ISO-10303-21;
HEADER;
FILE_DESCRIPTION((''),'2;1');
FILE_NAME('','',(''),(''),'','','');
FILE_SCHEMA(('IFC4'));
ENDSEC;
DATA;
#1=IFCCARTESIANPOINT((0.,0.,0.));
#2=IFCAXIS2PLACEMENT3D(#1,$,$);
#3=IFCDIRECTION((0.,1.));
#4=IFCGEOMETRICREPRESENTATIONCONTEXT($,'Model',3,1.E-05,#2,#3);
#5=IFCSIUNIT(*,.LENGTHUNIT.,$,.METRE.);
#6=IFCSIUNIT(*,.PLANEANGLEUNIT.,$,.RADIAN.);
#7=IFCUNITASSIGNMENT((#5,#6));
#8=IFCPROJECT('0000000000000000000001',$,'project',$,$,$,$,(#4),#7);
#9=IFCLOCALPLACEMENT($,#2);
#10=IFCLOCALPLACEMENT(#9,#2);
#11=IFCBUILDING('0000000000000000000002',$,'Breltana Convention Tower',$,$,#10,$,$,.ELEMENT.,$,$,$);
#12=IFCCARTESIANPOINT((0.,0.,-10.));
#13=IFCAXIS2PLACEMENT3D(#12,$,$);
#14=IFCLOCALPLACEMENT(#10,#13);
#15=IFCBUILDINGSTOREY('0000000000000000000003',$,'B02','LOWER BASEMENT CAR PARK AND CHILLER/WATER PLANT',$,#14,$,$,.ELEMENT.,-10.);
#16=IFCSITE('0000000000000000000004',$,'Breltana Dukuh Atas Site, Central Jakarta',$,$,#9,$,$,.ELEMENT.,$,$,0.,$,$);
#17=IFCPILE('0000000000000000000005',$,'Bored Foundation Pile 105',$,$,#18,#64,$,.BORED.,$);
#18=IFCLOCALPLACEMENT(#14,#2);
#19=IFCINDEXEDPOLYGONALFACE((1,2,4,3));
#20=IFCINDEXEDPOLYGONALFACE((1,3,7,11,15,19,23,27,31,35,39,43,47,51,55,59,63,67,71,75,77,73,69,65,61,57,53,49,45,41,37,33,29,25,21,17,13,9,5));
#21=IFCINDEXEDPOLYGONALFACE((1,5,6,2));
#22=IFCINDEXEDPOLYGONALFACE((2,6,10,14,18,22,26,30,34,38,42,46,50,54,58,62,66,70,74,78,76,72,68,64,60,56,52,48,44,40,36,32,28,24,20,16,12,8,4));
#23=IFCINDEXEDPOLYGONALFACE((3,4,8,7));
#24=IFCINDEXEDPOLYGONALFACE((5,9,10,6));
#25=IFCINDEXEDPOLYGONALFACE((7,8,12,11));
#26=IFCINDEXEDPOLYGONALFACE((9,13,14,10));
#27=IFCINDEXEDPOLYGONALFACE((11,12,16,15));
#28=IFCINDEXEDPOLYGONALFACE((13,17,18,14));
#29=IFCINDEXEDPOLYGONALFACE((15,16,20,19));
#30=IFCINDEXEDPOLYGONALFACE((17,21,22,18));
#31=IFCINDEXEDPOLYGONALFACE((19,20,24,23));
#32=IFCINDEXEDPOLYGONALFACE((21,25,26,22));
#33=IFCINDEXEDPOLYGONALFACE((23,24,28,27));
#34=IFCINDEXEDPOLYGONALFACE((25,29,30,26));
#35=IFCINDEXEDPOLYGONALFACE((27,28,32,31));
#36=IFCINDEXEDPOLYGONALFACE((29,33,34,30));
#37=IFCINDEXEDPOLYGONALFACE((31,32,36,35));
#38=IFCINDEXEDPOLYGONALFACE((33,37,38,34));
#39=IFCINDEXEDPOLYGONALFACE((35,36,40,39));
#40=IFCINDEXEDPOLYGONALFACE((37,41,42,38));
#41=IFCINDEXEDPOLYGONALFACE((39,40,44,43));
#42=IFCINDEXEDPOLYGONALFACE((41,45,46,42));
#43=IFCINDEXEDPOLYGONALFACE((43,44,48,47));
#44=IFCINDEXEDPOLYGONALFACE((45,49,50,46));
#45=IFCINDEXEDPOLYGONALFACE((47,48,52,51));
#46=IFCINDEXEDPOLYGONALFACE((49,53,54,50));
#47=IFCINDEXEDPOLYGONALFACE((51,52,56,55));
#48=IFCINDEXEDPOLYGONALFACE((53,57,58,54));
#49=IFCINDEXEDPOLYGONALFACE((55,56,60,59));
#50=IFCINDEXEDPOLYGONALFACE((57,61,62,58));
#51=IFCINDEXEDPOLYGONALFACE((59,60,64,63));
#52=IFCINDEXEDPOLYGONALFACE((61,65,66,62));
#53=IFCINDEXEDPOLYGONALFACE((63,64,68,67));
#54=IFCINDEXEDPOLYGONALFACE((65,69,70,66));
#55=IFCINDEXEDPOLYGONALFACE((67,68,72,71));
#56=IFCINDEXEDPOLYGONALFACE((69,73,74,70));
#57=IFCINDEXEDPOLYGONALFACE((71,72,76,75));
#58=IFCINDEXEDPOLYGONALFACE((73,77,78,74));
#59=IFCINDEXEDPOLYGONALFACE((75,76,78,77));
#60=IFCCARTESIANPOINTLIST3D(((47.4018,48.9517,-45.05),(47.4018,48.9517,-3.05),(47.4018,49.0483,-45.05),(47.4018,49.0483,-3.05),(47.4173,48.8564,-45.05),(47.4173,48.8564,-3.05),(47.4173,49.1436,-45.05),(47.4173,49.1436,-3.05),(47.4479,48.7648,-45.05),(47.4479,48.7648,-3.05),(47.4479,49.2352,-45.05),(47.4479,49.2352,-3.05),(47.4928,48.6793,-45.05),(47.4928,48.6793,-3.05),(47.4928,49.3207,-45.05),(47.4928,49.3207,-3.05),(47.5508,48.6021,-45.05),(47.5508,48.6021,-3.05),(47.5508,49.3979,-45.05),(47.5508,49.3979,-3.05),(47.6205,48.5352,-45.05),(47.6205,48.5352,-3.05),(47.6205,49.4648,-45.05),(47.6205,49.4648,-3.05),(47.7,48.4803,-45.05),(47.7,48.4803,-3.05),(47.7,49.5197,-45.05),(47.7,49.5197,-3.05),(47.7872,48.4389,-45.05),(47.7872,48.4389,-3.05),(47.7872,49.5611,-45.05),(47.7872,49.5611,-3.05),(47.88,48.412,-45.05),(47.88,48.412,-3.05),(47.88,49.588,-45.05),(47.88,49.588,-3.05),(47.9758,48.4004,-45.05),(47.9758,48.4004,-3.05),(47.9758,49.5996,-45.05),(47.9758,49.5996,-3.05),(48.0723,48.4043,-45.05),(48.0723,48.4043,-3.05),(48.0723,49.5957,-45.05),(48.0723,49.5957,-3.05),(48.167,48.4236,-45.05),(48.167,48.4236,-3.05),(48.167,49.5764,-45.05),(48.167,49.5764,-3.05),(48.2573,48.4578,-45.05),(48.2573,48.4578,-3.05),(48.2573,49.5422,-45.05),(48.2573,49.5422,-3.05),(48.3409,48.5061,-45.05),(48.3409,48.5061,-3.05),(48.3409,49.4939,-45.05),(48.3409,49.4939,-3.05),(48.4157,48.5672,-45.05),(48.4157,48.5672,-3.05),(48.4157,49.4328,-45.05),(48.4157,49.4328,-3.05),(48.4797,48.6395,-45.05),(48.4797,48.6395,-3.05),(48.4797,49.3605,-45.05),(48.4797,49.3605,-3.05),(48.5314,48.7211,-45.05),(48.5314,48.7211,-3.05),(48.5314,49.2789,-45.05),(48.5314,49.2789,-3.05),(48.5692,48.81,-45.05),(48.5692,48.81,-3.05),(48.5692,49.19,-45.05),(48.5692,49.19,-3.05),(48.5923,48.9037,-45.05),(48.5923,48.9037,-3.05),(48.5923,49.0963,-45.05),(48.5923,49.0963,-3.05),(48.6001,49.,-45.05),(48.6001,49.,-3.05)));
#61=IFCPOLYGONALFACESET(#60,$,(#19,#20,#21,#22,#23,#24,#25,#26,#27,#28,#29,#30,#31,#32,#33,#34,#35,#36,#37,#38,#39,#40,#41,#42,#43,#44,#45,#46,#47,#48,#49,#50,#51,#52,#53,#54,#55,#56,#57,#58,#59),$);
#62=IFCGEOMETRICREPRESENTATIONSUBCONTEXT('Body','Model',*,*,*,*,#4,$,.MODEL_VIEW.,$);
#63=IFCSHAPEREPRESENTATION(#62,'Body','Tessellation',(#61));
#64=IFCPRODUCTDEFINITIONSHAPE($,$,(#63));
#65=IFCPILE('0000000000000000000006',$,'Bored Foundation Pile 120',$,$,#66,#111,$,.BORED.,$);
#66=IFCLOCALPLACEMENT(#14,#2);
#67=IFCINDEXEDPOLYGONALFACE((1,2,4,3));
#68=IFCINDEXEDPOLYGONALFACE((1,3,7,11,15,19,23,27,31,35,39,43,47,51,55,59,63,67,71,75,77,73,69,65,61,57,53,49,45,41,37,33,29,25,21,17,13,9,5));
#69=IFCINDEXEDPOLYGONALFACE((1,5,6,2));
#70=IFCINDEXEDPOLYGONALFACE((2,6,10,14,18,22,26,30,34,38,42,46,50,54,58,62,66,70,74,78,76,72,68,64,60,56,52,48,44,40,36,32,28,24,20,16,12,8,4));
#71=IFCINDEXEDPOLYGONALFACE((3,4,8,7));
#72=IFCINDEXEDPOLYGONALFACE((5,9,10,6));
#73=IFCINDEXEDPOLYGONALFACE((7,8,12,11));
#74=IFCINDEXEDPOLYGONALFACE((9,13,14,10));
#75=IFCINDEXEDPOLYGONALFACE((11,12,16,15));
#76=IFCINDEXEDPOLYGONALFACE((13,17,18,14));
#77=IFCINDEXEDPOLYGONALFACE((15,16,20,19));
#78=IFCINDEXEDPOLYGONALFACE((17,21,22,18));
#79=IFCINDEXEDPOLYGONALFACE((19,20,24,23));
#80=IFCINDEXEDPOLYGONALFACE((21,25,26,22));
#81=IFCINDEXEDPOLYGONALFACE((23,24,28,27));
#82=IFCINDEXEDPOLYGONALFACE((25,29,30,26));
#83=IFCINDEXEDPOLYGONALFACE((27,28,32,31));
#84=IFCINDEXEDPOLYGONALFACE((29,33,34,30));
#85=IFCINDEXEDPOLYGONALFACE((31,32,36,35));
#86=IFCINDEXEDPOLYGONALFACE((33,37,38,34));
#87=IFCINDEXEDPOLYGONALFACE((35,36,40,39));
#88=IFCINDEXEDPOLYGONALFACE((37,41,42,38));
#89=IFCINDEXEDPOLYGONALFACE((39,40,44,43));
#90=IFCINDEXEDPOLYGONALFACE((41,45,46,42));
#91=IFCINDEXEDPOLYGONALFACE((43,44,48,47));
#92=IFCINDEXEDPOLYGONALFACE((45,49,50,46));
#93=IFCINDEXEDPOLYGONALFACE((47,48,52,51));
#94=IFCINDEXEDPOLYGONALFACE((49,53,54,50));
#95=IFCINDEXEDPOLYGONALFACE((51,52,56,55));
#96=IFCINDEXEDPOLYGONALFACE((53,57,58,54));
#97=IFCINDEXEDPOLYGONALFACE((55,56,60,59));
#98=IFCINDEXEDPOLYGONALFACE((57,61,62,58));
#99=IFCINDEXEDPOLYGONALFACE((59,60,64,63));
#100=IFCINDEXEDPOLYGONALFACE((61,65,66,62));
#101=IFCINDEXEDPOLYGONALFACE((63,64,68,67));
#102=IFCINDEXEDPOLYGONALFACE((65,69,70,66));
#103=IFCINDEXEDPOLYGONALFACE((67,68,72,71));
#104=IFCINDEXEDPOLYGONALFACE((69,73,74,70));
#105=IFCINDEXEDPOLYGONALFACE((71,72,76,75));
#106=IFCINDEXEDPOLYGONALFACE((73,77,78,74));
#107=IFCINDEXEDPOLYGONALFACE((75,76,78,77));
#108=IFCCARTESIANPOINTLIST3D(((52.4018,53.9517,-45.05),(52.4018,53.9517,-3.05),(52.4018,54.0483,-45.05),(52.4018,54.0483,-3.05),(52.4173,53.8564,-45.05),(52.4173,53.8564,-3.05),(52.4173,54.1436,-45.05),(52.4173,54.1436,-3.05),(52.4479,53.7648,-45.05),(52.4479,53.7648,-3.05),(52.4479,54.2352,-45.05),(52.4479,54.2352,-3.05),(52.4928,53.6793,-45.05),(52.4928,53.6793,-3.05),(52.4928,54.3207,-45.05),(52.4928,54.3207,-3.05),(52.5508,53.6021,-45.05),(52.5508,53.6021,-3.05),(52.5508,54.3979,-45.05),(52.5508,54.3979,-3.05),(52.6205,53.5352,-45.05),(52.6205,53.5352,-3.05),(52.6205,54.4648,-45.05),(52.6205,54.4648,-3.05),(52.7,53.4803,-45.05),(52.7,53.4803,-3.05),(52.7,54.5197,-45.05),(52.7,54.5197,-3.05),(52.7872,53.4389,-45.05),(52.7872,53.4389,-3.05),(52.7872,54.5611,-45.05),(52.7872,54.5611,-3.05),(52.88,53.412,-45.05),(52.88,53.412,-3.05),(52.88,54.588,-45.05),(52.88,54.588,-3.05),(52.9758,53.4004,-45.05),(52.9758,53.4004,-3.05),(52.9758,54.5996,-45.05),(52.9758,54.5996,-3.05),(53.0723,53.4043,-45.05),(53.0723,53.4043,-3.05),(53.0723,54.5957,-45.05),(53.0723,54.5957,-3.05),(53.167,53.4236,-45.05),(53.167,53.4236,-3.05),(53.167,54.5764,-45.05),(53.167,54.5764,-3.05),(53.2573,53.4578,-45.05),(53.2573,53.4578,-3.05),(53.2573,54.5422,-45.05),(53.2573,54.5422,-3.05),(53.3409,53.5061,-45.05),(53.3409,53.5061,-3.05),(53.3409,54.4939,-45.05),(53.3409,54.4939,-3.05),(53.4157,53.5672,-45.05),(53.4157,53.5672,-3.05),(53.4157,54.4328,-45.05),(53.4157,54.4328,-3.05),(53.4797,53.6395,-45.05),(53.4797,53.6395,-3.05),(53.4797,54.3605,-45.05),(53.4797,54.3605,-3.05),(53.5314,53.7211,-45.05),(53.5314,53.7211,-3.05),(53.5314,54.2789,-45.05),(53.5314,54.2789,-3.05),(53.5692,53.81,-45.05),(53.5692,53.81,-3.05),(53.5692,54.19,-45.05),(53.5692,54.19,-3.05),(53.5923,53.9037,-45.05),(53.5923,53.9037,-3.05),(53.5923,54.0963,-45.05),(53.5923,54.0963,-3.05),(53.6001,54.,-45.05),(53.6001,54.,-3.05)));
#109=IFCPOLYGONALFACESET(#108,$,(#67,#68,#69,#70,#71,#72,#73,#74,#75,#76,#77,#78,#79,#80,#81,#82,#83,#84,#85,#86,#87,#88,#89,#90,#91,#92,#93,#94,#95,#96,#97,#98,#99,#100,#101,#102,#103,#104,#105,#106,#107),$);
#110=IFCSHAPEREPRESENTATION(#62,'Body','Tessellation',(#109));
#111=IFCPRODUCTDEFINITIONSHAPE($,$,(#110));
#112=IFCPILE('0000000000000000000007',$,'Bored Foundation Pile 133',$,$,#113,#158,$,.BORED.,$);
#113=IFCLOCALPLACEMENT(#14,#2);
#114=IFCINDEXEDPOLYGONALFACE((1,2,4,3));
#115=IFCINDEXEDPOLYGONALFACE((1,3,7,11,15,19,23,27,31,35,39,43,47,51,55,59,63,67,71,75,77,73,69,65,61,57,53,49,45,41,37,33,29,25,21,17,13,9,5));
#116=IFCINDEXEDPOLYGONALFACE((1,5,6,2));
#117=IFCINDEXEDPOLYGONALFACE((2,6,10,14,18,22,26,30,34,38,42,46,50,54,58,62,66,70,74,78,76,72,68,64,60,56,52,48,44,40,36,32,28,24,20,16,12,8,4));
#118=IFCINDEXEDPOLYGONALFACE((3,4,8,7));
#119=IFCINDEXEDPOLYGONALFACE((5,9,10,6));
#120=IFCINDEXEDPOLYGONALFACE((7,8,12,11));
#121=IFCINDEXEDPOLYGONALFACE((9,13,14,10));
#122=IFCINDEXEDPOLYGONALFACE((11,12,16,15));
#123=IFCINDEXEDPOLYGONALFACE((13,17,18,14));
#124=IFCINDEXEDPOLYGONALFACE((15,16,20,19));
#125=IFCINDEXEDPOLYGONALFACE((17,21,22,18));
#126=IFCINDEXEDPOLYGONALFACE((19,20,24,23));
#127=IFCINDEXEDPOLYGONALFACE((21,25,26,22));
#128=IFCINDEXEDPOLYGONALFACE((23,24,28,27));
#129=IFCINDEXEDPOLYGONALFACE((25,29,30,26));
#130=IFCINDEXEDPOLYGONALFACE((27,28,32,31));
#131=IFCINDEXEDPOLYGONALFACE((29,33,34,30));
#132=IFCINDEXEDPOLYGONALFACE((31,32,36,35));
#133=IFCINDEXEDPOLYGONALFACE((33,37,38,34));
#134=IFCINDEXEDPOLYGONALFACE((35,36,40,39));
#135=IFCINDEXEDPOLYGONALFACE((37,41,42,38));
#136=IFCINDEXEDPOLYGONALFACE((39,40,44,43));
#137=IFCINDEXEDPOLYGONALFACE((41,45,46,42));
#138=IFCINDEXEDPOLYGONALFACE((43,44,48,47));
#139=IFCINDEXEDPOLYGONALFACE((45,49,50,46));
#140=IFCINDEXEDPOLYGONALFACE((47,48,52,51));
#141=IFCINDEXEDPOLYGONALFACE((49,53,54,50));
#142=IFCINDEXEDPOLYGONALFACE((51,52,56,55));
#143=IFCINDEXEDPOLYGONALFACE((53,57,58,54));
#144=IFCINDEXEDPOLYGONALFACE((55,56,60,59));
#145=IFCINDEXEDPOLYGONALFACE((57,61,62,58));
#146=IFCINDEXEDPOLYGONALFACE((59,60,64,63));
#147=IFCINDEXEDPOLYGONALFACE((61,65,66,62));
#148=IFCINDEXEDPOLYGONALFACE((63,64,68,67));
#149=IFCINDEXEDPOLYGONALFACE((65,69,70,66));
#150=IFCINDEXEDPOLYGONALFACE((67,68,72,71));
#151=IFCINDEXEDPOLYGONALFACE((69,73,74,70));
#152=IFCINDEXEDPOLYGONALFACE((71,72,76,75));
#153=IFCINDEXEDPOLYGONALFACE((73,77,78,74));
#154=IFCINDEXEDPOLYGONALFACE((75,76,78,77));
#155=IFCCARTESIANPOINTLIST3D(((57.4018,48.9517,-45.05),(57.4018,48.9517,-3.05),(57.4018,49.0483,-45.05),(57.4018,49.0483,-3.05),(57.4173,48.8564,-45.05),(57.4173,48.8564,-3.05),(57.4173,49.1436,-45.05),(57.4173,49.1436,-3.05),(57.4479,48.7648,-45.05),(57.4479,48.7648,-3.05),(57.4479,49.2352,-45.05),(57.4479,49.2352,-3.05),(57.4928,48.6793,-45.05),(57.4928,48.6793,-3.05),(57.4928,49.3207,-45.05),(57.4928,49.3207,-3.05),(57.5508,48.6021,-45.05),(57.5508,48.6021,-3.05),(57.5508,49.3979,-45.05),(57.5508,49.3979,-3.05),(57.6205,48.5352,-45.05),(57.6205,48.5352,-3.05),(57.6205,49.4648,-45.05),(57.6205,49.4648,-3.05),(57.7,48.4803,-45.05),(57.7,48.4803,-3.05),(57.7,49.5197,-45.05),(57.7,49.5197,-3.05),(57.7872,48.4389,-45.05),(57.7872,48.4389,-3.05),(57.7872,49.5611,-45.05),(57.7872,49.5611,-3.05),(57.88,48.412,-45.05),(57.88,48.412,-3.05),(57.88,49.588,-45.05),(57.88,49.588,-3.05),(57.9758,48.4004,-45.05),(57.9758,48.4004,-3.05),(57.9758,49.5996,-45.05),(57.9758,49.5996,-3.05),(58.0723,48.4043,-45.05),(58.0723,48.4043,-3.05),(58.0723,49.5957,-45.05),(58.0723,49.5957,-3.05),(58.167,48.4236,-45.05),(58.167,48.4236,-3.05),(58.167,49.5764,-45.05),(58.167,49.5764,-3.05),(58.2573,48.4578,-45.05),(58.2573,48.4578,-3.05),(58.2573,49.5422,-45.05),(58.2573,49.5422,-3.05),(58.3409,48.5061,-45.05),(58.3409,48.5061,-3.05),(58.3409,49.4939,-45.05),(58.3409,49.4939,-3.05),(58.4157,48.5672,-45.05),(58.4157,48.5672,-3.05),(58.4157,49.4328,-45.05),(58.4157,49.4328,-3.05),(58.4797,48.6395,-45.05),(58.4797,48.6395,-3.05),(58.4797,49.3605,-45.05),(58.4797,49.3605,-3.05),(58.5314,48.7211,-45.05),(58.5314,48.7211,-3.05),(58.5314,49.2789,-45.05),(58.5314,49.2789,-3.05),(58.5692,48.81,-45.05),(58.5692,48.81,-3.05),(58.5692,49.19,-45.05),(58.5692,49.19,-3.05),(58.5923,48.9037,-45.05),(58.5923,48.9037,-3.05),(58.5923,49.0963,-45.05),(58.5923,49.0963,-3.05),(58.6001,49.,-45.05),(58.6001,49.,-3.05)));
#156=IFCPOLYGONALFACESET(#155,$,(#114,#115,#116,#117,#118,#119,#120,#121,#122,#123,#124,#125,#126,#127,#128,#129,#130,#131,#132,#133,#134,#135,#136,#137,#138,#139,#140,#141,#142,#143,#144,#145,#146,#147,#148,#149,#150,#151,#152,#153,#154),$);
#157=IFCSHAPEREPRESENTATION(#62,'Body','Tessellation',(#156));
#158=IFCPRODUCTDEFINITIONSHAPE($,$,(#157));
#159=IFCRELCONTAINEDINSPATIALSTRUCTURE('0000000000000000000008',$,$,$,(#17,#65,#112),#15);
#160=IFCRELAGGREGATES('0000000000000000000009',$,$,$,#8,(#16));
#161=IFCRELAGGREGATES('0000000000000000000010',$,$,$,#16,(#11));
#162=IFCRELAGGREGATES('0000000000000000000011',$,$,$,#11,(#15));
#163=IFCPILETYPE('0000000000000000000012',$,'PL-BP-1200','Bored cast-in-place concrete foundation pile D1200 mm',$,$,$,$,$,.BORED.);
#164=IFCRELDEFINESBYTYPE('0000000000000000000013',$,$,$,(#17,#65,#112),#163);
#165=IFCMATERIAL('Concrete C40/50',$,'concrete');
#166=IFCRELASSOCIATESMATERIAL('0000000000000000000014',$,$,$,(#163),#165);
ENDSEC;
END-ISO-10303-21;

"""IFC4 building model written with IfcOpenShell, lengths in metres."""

from ifc_helpers import new_model, si_unit, direction, frame, origin, origin_2d, place, context, subcontext, project, spatial, circle, extrude, source, transform, mapped, material, material_profile, profile_set, type_object, type_shapes, element, save


model = new_model("IFC4")

# Units and contexts
model_context = context("Model", 3, precision=1e-05, world=origin(), true_north=direction((0.0, 1.0)))
body_context = subcontext(model_context, "Body", "Model", "MODEL_VIEW")
ifc_project = project(units=[si_unit("LENGTHUNIT", "METRE"), si_unit("PLANEANGLEUNIT", "RADIAN")], contexts=[model_context])

# Site, building, storey
site_placement = place(None, origin())
site = spatial("IfcSite", under=ifc_project, at=site_placement, Name="Breltana Dukuh Atas Site, Central Jakarta", CompositionType="ELEMENT", RefElevation=0.0)
building_placement = place(site_placement, origin())
building = spatial("IfcBuilding", under=site, at=building_placement, Name="Breltana Convention Tower", CompositionType="ELEMENT")
storey_placement = place(building_placement, frame((0.0, 0.0, -10.0)))
storey = spatial("IfcBuildingStorey", under=building, at=storey_placement, Name="B02", Description="LOWER BASEMENT CAR PARK AND CHILLER/WATER PLANT", CompositionType="ELEMENT", Elevation=-10.0)

# Piles
ifc_material_1 = material(Name="Concrete C40/50", Category="concrete")
ifc_material_profile_1 = material_profile(ifc_material_1, circle(Radius=0.6001, at=origin_2d()), Name="BP-D1200")
ifc_profile_set_1 = profile_set([ifc_material_profile_1], Name="Concrete C40/50")
pile_type_1 = type_object("IfcPileType", Name="PL-BP-1200", Description="Bored cast-in-place concrete foundation pile D1200 mm", PredefinedType="BORED", material=ifc_profile_set_1)
shared_shape_1 = source(origin(), body_context, "Body", "SweptSolid", [
    extrude(circle(Radius=0.6001, at=origin_2d()), origin(), (0.0, 0.0, 1.0), 42.0),
])
type_shapes(pile_type_1, [shared_shape_1])
for number, where, z_axis, x_axis, name in (
    (1, (48.0, 49.0, -3.05), (0.0, 0.0, -1.0), (1.0, 0.0, 0.0), "Bored Foundation Pile 105"),
    (2, (53.0, 54.0, -3.05), (0.0, 0.0, -1.0), (1.0, 0.0, 0.0), "Bored Foundation Pile 120"),
    (3, (58.0, 49.0, -3.05), (0.0, 0.0, -1.0), (1.0, 0.0, 0.0), "Bored Foundation Pile 133"),
):
    element("IfcPile", number, at=place(storey_placement, frame(where, z_axis=z_axis, x_axis=x_axis)), inside=storey, type_object=pile_type_1, Name=name, PredefinedType="BORED", context=body_context, shape_type="MappedRepresentation", body=[
        mapped(shared_shape_1, transform((0.0, 0.0, 0.0), scale=1.0)),
    ])

save(model, "model.ifc")
